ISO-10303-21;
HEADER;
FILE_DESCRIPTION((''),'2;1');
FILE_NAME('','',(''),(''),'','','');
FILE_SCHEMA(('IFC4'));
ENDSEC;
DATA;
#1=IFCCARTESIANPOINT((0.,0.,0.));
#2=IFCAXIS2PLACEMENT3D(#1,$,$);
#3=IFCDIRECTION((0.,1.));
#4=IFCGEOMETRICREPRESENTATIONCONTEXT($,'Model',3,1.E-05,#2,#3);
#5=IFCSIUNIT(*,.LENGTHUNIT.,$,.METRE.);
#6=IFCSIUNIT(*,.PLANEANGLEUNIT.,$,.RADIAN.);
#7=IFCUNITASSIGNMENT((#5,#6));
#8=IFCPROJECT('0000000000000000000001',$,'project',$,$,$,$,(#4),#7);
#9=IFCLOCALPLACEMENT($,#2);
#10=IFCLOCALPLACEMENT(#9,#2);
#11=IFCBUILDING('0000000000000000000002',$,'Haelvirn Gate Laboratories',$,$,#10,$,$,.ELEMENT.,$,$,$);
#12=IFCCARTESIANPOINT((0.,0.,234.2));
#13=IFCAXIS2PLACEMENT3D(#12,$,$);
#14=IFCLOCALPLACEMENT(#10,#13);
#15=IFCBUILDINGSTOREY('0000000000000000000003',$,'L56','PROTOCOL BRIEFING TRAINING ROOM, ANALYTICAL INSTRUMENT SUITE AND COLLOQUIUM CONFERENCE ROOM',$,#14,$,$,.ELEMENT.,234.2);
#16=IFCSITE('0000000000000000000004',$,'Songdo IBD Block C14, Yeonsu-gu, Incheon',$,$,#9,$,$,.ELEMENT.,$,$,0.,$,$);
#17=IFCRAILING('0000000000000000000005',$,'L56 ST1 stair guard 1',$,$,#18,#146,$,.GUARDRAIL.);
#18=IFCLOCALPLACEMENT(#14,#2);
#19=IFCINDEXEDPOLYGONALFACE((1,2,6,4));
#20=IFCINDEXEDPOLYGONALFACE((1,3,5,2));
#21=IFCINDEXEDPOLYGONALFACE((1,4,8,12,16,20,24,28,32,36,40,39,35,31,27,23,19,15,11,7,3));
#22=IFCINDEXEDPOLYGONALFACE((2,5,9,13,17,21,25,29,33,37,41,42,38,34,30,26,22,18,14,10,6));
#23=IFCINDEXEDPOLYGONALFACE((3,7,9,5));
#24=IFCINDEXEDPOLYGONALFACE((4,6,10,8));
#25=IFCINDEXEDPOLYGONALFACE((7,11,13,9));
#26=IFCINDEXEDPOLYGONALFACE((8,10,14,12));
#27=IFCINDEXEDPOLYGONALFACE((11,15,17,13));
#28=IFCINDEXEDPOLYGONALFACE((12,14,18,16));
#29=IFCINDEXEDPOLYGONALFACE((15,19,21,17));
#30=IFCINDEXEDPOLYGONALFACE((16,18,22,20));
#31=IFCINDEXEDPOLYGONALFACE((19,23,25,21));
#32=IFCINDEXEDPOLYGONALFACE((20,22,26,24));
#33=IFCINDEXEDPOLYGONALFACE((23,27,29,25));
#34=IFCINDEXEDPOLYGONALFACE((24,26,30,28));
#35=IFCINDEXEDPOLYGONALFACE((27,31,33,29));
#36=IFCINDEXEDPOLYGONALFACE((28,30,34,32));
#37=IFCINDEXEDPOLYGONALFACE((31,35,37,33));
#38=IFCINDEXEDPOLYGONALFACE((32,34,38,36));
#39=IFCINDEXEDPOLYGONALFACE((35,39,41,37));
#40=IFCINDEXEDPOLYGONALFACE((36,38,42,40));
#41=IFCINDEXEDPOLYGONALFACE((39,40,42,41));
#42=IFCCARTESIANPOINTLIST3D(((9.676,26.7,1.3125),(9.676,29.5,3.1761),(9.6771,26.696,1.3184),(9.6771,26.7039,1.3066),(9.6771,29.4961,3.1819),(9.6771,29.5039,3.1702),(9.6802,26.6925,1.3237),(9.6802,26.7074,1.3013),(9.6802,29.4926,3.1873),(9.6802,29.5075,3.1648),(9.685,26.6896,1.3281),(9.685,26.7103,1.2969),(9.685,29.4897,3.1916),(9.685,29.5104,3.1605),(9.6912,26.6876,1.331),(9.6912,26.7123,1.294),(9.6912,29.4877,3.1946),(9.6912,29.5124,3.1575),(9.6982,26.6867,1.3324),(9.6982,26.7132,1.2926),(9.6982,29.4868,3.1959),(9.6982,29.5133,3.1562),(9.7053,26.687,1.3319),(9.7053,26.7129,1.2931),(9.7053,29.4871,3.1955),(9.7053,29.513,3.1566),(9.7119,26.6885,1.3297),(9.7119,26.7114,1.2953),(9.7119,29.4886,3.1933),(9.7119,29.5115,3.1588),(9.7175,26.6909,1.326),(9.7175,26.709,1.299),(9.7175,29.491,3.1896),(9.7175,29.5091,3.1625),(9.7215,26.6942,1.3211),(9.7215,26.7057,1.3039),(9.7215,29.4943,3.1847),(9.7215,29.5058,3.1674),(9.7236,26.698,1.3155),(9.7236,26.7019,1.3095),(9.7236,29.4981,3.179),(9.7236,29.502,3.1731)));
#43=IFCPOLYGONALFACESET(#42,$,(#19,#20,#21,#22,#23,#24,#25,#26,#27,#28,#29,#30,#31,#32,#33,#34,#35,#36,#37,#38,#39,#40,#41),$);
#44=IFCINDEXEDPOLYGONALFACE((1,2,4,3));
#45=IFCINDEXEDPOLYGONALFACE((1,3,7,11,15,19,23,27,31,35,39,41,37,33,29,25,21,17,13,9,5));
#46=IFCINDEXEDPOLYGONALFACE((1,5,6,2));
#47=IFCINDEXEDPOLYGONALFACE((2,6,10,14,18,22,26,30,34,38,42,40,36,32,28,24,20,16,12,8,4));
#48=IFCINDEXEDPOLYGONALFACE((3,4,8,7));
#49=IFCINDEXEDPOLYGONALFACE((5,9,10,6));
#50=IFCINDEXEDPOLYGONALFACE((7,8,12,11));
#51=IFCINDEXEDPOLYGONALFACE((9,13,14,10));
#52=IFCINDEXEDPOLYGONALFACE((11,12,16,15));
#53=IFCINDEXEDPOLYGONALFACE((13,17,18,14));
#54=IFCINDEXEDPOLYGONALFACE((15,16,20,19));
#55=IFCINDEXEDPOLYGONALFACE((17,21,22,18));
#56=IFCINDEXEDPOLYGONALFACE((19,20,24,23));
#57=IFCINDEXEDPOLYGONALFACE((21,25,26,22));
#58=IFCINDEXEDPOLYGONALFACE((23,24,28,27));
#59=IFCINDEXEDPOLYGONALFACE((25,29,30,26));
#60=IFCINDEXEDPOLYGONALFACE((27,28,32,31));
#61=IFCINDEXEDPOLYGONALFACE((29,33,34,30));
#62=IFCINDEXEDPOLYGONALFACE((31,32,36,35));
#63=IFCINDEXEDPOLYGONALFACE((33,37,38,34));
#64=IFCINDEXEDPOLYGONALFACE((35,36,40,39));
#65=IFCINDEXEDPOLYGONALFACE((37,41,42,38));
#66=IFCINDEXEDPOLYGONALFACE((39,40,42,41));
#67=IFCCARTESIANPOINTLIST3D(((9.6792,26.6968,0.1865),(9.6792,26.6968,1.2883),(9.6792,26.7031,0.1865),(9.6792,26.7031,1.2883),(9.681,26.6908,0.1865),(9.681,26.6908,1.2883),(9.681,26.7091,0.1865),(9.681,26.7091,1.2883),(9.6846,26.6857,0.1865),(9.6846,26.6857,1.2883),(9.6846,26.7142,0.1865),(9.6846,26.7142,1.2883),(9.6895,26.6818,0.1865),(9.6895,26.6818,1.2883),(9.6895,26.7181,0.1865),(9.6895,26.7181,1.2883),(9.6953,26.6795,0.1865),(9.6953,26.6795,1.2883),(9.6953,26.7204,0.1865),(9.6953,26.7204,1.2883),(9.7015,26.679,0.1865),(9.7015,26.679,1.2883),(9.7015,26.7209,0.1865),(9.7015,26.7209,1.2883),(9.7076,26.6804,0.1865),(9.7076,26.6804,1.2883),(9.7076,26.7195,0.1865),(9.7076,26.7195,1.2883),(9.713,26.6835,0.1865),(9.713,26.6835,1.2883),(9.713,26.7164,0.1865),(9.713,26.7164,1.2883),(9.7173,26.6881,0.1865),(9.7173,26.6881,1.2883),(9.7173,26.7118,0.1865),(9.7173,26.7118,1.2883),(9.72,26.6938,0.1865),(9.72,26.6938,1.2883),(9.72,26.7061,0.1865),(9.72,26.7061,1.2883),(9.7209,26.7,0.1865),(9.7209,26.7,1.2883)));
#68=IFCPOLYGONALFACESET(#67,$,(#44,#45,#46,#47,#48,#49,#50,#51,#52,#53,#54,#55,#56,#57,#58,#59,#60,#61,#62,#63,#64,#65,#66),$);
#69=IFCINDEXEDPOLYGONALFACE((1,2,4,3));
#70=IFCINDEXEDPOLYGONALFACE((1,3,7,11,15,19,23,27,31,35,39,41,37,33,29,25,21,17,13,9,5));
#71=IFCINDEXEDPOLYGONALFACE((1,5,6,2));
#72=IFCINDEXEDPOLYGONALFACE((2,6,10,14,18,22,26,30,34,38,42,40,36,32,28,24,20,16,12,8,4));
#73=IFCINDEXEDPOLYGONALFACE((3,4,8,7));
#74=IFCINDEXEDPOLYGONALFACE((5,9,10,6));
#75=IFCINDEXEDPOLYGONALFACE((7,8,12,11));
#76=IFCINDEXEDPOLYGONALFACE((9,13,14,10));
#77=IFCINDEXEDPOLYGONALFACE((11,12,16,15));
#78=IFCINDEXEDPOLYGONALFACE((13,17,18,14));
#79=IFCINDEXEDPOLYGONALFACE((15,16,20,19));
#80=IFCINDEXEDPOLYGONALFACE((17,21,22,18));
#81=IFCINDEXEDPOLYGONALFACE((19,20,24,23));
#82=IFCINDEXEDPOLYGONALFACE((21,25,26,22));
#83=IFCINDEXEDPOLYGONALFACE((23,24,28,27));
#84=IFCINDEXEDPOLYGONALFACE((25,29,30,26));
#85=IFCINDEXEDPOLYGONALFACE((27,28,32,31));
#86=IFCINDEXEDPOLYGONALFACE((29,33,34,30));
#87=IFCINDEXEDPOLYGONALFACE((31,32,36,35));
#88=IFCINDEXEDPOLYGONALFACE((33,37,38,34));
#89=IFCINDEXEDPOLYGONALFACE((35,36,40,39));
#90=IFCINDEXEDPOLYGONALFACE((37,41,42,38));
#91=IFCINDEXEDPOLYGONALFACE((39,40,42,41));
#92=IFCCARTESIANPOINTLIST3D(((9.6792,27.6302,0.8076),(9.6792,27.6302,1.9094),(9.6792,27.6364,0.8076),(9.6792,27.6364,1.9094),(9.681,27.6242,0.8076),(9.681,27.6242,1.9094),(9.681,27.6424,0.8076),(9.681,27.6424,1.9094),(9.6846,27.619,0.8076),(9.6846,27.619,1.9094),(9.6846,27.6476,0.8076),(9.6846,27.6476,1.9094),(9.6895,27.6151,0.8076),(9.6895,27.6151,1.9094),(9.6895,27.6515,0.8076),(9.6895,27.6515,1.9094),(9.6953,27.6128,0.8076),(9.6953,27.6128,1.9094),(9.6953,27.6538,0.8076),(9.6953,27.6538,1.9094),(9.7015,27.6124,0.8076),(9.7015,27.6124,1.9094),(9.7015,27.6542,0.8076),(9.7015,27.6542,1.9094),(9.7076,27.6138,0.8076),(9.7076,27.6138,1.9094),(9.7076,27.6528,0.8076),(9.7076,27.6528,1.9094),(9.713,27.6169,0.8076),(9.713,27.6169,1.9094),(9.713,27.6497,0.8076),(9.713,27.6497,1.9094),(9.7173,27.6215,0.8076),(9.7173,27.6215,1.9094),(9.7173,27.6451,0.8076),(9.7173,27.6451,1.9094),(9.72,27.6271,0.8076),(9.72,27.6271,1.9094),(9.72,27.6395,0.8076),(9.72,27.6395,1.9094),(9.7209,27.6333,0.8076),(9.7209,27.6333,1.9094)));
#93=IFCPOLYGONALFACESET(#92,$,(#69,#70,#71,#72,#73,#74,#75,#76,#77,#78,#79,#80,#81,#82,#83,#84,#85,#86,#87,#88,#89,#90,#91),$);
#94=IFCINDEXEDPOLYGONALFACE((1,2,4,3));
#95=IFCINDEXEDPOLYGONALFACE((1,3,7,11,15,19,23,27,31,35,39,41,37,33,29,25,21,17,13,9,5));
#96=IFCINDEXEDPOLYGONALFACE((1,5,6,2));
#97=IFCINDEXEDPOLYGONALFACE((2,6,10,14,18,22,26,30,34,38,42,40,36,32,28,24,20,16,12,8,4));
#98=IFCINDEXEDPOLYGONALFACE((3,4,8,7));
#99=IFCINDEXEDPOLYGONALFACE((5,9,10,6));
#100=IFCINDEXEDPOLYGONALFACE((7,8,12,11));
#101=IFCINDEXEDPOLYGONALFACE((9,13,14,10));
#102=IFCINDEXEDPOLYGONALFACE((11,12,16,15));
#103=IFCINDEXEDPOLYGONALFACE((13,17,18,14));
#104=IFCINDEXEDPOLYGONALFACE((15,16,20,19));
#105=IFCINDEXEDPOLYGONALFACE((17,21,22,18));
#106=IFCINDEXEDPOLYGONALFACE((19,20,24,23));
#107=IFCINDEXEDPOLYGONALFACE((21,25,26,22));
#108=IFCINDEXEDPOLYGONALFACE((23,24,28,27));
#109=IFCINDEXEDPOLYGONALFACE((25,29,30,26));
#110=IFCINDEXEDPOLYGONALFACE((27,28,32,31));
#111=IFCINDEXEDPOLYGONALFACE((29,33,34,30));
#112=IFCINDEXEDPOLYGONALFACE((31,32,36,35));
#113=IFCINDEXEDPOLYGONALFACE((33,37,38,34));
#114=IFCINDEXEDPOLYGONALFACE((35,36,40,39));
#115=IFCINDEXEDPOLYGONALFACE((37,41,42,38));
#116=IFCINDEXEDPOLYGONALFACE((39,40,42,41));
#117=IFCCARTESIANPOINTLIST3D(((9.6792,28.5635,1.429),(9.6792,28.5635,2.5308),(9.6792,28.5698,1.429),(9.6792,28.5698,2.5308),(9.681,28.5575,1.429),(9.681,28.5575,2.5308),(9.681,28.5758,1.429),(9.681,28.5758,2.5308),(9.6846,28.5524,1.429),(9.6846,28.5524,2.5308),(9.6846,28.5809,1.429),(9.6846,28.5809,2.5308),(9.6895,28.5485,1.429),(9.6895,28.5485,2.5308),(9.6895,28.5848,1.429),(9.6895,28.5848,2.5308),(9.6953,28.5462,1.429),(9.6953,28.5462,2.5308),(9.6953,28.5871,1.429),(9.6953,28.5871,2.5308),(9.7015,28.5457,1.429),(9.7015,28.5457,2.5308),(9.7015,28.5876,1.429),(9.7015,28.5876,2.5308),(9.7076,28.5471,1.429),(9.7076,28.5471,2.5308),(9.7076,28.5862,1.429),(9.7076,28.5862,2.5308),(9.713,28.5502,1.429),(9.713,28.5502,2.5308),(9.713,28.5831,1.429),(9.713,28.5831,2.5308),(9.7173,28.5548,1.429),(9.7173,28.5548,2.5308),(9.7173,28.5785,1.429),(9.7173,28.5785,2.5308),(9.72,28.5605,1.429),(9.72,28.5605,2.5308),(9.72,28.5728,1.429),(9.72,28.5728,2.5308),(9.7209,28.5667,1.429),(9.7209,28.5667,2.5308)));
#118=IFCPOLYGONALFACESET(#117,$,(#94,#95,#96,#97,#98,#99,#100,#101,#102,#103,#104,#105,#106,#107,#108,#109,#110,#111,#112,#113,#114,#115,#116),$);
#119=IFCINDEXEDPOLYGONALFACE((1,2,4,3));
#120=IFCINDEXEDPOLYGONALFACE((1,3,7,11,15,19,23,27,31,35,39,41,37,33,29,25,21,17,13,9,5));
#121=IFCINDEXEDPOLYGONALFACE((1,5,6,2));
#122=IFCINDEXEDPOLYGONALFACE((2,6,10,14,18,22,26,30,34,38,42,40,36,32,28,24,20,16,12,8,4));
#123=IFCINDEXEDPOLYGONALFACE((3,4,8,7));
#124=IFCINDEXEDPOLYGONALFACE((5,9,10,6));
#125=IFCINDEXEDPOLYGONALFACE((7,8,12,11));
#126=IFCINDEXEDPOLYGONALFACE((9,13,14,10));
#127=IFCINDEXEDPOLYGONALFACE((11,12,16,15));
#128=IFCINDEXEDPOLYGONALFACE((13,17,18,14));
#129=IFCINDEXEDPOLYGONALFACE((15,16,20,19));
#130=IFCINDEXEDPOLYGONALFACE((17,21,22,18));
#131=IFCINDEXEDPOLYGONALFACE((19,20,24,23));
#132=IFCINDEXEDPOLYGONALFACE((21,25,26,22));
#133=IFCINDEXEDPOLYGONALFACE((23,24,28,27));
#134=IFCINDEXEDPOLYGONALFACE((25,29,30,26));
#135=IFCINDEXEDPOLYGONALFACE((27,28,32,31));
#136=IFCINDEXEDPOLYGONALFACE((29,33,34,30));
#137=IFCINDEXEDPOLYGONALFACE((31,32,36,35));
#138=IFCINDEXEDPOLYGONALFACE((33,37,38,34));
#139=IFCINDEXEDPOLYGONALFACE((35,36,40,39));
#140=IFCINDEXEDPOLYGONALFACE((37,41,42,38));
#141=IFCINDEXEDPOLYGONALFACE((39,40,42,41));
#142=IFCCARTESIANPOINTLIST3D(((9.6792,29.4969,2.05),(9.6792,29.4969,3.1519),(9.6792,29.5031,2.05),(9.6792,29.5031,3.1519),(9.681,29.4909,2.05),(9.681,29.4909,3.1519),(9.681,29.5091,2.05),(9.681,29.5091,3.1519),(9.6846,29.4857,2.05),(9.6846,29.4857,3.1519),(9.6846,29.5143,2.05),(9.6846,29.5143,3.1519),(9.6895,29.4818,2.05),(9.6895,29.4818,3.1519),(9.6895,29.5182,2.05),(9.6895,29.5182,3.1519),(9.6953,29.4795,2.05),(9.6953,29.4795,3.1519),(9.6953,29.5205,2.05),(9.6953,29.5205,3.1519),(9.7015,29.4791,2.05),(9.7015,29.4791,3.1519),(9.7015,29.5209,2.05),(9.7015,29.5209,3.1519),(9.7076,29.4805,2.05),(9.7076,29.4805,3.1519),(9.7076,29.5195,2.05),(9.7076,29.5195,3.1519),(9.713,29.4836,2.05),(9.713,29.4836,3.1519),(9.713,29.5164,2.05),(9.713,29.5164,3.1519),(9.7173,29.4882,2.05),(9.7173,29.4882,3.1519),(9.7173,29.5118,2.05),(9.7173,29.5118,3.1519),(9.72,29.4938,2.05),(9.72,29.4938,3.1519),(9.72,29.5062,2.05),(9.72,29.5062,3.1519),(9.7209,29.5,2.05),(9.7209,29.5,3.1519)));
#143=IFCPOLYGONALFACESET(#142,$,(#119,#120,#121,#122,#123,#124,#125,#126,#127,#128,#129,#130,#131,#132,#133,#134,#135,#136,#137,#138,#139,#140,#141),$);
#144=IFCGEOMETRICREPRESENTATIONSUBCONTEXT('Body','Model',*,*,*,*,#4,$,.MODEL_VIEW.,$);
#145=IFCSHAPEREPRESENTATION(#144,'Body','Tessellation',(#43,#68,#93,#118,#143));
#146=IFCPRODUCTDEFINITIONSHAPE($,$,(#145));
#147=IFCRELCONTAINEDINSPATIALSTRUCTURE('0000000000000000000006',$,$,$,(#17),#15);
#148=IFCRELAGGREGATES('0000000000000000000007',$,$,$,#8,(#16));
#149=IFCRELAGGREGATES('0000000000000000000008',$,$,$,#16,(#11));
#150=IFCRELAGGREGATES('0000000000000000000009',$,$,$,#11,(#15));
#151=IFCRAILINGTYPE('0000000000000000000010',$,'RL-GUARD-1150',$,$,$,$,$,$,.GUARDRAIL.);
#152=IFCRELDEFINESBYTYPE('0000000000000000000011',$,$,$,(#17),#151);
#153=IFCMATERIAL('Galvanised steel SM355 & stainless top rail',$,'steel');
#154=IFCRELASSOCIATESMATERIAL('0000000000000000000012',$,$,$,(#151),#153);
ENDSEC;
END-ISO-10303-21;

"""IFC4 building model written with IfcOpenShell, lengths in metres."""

from ifc_helpers import new_model, si_unit, direction, frame, origin, origin_2d, place, context, subcontext, project, spatial, circle, extrude, source, transform, mapped, material, type_object, element, save


model = new_model("IFC4")

# Units and contexts
model_context = context("Model", 3, precision=1e-05, world=origin(), true_north=direction((0.0, 1.0)))
body_context = subcontext(model_context, "Body", "Model", "MODEL_VIEW")
ifc_project = project(units=[si_unit("LENGTHUNIT", "METRE"), si_unit("PLANEANGLEUNIT", "RADIAN")], contexts=[model_context])

# Site, building, storey
site_placement = place(None, origin())
site = spatial("IfcSite", under=ifc_project, at=site_placement, Name="Songdo IBD Block C14, Yeonsu-gu, Incheon", CompositionType="ELEMENT", RefElevation=0.0)
building_placement = place(site_placement, origin())
building = spatial("IfcBuilding", under=site, at=building_placement, Name="Haelvirn Gate Laboratories", CompositionType="ELEMENT")
storey_placement = place(building_placement, frame((0.0, 0.0, 234.2)))
storey = spatial("IfcBuildingStorey", under=building, at=storey_placement, Name="L56", Description="PROTOCOL BRIEFING TRAINING ROOM, ANALYTICAL INSTRUMENT SUITE AND COLLOQUIUM CONFERENCE ROOM", CompositionType="ELEMENT", Elevation=234.2)

# Railing
ifc_material_1 = material(Name="Galvanised steel SM355 & stainless top rail", Category="steel")
railing_type_1 = type_object("IfcRailingType", Name="RL-GUARD-1150", PredefinedType="GUARDRAIL", material=ifc_material_1)
shared_shape_1 = source(origin(), body_context, "Body", "SweptSolid", [
    extrude(circle(Radius=0.0239, at=origin_2d()), frame((0.0, 0.0, 1.126), z_axis=(0.0, 0.832486, 0.554047), x_axis=(-1.0, 0.0, 0.0)), (0.0, 0.0, 1.0), 3.3635),
    extrude(circle(Radius=0.021, at=origin_2d()), origin(), (0.0, 0.0, 1.0), 1.1018),
    extrude(circle(Radius=0.021, at=origin_2d()), frame((0.0, 0.9333, 0.6211)), (0.0, 0.0, 1.0), 1.1018),
    extrude(circle(Radius=0.021, at=origin_2d()), frame((0.0, 1.8667, 1.2424)), (0.0, 0.0, 1.0), 1.1018),
    extrude(circle(Radius=0.021, at=origin_2d()), frame((0.0, 2.8, 1.8635)), (0.0, 0.0, 1.0), 1.1018),
])
railing_1_placement = place(storey_placement, frame((9.7, 26.7, 0.1865)))
element("IfcRailing", 1, at=railing_1_placement, inside=storey, type_object=railing_type_1, Name="L56 ST1 stair guard 1", PredefinedType="GUARDRAIL", context=body_context, shape_type="MappedRepresentation", body=[
    mapped(shared_shape_1, transform((0.0, 0.0, 0.0), scale=1.0)),
])

save(model, "model.ifc")
